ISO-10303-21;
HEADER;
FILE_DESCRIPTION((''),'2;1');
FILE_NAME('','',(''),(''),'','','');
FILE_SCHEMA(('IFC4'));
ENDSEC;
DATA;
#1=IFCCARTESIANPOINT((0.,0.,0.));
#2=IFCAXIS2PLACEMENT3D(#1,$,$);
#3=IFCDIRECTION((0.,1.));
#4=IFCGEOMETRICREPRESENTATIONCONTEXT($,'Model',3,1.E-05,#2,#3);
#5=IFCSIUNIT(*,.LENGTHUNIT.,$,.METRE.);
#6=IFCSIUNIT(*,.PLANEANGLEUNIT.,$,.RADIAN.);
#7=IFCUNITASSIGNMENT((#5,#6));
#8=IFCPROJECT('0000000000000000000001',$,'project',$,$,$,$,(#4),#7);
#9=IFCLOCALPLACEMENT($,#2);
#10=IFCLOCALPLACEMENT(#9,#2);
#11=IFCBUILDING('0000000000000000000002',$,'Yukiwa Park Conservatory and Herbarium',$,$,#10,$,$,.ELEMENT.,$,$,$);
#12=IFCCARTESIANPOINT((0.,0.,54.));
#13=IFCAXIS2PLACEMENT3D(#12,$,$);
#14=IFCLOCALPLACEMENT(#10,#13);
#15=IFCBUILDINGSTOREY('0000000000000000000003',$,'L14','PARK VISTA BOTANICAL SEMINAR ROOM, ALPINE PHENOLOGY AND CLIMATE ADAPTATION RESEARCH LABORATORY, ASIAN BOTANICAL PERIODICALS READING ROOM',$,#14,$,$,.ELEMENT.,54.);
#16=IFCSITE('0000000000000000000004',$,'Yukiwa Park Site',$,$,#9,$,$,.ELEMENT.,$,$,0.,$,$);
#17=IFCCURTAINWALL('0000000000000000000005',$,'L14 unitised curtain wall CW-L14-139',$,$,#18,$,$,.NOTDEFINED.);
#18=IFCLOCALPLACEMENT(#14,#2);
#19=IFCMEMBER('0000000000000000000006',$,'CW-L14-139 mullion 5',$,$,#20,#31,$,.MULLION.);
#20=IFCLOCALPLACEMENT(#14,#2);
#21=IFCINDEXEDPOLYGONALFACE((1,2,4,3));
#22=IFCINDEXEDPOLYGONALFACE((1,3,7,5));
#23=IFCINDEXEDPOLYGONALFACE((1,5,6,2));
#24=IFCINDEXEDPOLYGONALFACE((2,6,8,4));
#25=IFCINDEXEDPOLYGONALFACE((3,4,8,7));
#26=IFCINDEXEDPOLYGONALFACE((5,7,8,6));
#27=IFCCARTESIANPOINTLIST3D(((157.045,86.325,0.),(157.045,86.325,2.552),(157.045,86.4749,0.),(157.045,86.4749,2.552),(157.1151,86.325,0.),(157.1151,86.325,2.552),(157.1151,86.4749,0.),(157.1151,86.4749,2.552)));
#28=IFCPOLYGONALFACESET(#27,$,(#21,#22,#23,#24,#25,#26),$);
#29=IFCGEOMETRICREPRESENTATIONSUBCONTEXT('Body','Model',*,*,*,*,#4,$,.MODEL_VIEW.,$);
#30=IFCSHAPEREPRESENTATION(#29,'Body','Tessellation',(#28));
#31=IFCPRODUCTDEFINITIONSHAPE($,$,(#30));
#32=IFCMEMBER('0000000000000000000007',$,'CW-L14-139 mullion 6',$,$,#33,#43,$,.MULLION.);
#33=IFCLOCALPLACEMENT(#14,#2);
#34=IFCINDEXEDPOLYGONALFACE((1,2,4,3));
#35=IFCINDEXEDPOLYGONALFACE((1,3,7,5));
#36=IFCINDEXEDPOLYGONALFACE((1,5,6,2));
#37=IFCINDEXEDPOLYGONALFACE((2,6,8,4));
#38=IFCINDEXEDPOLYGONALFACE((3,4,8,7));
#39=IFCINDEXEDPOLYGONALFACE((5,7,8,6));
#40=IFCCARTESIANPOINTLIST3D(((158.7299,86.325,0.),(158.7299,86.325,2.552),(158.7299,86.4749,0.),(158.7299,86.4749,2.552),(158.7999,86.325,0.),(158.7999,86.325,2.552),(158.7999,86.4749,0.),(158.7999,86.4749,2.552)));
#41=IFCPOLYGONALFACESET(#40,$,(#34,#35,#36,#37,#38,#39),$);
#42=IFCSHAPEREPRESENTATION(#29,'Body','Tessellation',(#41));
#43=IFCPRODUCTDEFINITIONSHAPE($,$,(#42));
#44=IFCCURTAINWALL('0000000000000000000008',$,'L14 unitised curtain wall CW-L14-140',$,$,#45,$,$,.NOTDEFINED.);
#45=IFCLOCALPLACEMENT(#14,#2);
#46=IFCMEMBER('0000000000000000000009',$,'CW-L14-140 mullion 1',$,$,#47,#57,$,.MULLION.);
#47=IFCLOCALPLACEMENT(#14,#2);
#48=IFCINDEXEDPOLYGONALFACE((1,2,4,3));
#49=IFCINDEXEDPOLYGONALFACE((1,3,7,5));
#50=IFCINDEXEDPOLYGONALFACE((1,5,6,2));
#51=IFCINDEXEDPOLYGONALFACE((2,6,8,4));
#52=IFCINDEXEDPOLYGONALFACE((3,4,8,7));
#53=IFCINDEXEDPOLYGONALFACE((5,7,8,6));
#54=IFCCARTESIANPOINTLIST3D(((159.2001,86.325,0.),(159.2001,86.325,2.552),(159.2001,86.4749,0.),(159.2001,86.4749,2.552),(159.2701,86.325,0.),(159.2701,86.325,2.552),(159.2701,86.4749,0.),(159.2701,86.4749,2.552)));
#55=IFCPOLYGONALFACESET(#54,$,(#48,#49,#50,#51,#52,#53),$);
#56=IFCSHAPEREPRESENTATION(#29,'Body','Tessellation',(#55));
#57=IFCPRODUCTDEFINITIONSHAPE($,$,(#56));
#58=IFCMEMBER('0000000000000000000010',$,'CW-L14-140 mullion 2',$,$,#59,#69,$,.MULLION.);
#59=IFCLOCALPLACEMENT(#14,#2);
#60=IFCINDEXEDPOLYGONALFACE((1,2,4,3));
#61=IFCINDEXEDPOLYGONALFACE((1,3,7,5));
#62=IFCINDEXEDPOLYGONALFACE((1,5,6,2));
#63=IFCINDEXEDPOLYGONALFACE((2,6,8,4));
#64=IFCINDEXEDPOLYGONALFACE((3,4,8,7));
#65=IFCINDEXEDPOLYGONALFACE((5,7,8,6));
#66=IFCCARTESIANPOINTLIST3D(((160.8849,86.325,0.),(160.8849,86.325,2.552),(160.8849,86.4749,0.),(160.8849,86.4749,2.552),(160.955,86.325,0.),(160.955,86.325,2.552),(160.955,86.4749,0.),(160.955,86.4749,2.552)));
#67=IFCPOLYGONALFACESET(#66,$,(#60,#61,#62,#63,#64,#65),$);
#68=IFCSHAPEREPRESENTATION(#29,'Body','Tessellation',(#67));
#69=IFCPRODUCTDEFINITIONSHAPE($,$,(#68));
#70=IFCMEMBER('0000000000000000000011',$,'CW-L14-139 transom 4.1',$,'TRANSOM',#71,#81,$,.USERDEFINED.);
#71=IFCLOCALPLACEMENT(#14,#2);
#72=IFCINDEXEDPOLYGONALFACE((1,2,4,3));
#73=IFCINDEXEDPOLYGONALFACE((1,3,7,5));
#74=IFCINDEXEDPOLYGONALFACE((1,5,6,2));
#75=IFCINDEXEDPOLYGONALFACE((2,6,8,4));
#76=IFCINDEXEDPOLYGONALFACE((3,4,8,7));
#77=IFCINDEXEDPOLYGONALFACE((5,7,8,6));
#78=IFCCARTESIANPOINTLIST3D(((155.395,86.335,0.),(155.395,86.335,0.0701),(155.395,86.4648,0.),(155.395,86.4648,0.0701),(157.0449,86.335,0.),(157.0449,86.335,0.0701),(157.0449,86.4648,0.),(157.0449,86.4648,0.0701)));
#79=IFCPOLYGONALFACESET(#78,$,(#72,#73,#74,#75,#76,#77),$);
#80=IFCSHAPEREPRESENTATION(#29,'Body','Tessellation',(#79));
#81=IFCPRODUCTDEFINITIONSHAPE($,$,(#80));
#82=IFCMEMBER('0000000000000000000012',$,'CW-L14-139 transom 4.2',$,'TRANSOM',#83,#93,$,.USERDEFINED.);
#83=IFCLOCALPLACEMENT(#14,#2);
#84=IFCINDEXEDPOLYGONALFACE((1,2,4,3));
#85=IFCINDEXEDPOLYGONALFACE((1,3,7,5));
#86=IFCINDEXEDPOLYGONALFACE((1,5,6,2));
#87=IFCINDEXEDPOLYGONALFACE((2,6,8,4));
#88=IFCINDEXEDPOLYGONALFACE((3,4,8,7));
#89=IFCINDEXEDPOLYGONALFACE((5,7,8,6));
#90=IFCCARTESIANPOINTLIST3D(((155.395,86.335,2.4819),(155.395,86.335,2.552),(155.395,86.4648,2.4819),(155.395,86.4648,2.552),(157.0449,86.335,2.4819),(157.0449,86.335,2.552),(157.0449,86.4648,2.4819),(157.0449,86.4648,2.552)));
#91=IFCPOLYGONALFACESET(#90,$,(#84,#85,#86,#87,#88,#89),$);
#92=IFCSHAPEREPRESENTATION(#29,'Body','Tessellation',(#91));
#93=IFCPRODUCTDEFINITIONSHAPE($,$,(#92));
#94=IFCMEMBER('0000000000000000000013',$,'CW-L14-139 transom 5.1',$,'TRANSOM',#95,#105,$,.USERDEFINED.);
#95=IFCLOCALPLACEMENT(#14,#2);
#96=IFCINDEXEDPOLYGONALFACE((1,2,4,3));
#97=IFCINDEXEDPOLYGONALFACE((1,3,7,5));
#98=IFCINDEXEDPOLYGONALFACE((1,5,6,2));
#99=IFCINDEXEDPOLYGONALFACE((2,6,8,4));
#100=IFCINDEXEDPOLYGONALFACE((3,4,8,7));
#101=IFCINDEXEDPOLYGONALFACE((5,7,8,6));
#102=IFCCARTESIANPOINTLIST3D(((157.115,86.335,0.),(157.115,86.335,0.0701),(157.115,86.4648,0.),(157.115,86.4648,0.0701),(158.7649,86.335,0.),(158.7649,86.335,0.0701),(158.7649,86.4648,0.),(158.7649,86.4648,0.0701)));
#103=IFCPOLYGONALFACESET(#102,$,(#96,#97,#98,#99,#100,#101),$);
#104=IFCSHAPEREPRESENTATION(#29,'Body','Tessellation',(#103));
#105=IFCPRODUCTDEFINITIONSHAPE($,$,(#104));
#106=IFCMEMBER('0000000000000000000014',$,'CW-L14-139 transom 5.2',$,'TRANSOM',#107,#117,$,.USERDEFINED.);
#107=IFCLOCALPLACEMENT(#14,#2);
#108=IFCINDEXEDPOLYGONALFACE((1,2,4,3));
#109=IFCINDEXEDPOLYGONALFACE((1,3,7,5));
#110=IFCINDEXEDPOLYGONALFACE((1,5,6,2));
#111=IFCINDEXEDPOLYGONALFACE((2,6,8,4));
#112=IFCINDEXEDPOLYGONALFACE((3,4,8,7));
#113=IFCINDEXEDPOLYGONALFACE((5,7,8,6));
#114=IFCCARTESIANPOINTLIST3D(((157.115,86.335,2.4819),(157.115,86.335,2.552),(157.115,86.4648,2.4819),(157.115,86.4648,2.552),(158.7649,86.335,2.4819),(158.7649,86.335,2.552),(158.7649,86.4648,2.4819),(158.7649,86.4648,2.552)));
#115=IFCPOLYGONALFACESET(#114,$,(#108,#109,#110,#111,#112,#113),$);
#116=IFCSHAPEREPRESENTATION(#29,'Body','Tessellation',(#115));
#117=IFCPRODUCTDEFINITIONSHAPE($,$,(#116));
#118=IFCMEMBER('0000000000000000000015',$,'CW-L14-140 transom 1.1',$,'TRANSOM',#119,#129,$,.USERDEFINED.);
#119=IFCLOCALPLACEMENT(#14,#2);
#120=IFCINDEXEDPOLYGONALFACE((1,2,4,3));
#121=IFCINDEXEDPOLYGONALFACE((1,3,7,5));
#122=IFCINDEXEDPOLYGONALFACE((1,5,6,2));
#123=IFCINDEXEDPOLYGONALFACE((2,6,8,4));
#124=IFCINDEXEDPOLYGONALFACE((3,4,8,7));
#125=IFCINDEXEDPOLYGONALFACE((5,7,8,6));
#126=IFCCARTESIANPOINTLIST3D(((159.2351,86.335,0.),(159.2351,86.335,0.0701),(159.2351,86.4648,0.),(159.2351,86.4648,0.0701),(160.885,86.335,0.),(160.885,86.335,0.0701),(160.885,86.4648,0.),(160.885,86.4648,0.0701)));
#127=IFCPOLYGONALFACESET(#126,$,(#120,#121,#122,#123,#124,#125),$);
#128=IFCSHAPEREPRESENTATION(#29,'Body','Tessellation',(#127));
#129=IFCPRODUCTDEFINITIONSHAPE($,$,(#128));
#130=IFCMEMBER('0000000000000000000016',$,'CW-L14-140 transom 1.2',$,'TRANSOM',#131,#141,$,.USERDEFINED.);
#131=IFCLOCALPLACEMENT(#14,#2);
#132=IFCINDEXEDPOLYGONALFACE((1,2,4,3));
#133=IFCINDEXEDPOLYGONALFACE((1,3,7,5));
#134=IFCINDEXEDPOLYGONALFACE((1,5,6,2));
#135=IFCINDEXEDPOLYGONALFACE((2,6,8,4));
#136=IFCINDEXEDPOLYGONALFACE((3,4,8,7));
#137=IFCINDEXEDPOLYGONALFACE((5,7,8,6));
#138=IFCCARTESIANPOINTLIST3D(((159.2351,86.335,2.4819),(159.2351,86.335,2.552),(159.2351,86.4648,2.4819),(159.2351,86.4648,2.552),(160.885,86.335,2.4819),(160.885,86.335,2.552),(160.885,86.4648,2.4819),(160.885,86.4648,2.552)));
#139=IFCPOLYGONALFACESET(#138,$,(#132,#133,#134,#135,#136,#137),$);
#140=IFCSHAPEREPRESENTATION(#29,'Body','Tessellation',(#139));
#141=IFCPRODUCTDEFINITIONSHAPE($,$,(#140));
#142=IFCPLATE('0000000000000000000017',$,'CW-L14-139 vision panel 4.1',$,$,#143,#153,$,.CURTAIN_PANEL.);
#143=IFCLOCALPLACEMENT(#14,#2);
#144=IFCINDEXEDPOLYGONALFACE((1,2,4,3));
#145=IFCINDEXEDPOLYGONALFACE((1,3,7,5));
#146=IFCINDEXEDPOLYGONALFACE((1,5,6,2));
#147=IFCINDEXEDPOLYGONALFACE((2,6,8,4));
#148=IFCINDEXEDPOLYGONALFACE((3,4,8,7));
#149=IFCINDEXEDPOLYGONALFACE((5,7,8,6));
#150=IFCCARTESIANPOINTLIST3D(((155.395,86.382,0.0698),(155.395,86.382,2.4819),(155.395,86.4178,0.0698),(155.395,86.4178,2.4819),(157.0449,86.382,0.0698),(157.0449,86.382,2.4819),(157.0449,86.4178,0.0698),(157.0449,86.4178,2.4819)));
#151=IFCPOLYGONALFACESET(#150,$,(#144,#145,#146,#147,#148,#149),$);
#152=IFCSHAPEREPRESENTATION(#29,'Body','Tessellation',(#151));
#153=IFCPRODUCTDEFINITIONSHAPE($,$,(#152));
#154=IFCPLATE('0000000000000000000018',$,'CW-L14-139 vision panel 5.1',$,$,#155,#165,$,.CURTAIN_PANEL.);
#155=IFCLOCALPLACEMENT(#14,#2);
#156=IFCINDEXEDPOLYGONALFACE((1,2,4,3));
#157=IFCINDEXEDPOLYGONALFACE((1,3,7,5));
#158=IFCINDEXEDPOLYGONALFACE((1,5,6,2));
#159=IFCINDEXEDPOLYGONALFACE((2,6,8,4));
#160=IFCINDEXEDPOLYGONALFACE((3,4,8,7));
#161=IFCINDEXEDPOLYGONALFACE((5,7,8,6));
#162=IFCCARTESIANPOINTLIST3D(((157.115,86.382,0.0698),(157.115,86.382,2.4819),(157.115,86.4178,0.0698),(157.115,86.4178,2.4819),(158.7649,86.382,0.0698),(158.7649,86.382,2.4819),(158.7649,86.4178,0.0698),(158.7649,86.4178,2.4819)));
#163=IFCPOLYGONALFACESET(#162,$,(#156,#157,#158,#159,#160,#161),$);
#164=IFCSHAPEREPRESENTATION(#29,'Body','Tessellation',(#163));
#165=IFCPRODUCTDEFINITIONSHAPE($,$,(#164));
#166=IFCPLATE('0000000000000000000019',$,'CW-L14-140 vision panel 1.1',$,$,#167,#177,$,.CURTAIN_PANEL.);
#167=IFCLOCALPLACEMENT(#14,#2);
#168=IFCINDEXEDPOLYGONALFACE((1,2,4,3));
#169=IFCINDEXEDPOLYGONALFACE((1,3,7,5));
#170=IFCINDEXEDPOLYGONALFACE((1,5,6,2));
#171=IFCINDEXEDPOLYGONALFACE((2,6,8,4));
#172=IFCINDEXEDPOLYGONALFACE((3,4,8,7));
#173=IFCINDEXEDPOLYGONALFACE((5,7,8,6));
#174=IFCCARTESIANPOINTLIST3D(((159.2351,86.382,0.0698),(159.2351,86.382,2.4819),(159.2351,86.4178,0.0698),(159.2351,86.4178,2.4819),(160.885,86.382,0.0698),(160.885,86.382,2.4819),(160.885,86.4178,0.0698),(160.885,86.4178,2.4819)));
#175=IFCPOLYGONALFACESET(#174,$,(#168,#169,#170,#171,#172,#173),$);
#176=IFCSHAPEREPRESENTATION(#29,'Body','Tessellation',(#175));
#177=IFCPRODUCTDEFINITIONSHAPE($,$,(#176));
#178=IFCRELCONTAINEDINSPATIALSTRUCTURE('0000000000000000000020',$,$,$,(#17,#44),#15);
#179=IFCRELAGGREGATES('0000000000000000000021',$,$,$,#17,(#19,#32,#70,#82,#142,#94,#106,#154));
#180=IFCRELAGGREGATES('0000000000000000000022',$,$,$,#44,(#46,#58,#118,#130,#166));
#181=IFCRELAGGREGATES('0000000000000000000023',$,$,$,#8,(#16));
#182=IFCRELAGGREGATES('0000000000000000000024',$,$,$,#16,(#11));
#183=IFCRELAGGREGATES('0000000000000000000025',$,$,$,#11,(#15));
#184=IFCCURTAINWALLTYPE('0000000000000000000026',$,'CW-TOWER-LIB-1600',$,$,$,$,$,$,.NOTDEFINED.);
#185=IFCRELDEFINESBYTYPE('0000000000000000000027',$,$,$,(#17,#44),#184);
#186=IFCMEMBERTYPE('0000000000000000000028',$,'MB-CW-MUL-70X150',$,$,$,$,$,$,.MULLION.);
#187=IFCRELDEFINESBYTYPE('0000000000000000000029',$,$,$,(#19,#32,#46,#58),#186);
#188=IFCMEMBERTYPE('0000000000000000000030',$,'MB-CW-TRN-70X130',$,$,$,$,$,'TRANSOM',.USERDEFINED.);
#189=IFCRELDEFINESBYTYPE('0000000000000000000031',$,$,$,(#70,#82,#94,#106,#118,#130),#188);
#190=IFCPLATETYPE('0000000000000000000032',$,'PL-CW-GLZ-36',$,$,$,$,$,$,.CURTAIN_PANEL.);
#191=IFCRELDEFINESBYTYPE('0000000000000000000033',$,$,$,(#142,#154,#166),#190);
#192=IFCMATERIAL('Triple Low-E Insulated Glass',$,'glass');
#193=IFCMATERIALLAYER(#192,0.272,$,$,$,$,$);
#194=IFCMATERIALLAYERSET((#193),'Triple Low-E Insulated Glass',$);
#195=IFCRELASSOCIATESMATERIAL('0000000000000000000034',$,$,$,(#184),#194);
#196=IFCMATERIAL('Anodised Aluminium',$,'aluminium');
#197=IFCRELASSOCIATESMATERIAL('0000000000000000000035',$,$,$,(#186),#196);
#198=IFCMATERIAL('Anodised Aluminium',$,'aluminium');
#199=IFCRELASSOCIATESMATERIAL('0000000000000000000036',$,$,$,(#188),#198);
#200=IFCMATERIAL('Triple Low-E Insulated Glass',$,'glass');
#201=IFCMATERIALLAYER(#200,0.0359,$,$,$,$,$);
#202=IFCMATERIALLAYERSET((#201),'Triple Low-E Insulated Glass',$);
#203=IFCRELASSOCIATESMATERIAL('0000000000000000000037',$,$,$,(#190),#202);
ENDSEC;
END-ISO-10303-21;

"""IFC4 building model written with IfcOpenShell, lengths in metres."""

from ifc_helpers import new_model, si_unit, direction, frame, origin, origin_2d, place, context, subcontext, project, spatial, rectangle, extrude, material, layer, layer_set, type_object, element, aggregate, save


model = new_model("IFC4")

# Units and contexts
model_context = context("Model", 3, precision=1e-05, world=origin(), true_north=direction((0.0, 1.0)))
body_context = subcontext(model_context, "Body", "Model", "MODEL_VIEW")
ifc_project = project(units=[si_unit("LENGTHUNIT", "METRE"), si_unit("PLANEANGLEUNIT", "RADIAN")], contexts=[model_context])

# Site, building, storey
site_placement = place(None, origin())
site = spatial("IfcSite", under=ifc_project, at=site_placement, Name="Yukiwa Park Site", CompositionType="ELEMENT", RefElevation=0.0)
building_placement = place(site_placement, origin())
building = spatial("IfcBuilding", under=site, at=building_placement, Name="Yukiwa Park Conservatory and Herbarium", CompositionType="ELEMENT")
storey_placement = place(building_placement, frame((0.0, 0.0, 54.0)))
storey = spatial("IfcBuildingStorey", under=building, at=storey_placement, Name="L14", Description="PARK VISTA BOTANICAL SEMINAR ROOM, ALPINE PHENOLOGY AND CLIMATE ADAPTATION RESEARCH LABORATORY, ASIAN BOTANICAL PERIODICALS READING ROOM", CompositionType="ELEMENT", Elevation=54.0)

# Curtain walls, members
ifc_material_1 = material(Name="Triple Low-E Insulated Glass", Category="glass")
ifc_layer_1 = layer(ifc_material_1, 0.272)
ifc_layer_set_1 = layer_set([ifc_layer_1], Name="Triple Low-E Insulated Glass")
curtain_wall_type = type_object("IfcCurtainWallType", Name="CW-TOWER-LIB-1600", PredefinedType="NOTDEFINED", material=ifc_layer_set_1)
curtain_wall_1_placement = place(storey_placement, origin())
curtain_wall_1 = element("IfcCurtainWall", 1, at=curtain_wall_1_placement, inside=storey, type_object=curtain_wall_type, Name="L14 unitised curtain wall CW-L14-139", PredefinedType="NOTDEFINED")
ifc_material_2 = material(Name="Anodised Aluminium", Category="aluminium")
member_type_1 = type_object("IfcMemberType", Name="MB-CW-MUL-70X150", PredefinedType="MULLION", material=ifc_material_2)
member_1_placement = place(storey_placement, frame((157.0801, 86.3999, 0.0), z_axis=(0.0, 0.0, 1.0), x_axis=(1.0, 0.0, 0.0)))
member_1 = element("IfcMember", 2, at=member_1_placement, type_object=member_type_1, Name="CW-L14-139 mullion 5", PredefinedType="MULLION", context=body_context, shape_type="SweptSolid", body=[
    extrude(rectangle(XDim=0.0701, YDim=0.1499, at=origin_2d()), origin(), (0.0, 0.0, 1.0), 2.552),
])
member_2_placement = place(storey_placement, frame((158.7649, 86.3999, 0.0), z_axis=(0.0, 0.0, 1.0), x_axis=(1.0, 0.0, 0.0)))
member_2 = element("IfcMember", 3, at=member_2_placement, type_object=member_type_1, Name="CW-L14-139 mullion 6", PredefinedType="MULLION", context=body_context, shape_type="SweptSolid", body=[
    extrude(rectangle(XDim=0.0701, YDim=0.1499, at=origin_2d()), origin(), (0.0, 0.0, 1.0), 2.552),
])
curtain_wall_2_placement = place(storey_placement, origin())
curtain_wall_2 = element("IfcCurtainWall", 4, at=curtain_wall_2_placement, inside=storey, type_object=curtain_wall_type, Name="L14 unitised curtain wall CW-L14-140", PredefinedType="NOTDEFINED")
member_3_placement = place(storey_placement, frame((159.2351, 86.3999, 0.0), z_axis=(0.0, 0.0, 1.0), x_axis=(1.0, 0.0, 0.0)))
member_3 = element("IfcMember", 5, at=member_3_placement, type_object=member_type_1, Name="CW-L14-140 mullion 1", PredefinedType="MULLION", context=body_context, shape_type="SweptSolid", body=[
    extrude(rectangle(XDim=0.0701, YDim=0.1499, at=origin_2d()), origin(), (0.0, 0.0, 1.0), 2.552),
])
member_4_placement = place(storey_placement, frame((160.9199, 86.3999, 0.0), z_axis=(0.0, 0.0, 1.0), x_axis=(1.0, 0.0, 0.0)))
member_4 = element("IfcMember", 6, at=member_4_placement, type_object=member_type_1, Name="CW-L14-140 mullion 2", PredefinedType="MULLION", context=body_context, shape_type="SweptSolid", body=[
    extrude(rectangle(XDim=0.0701, YDim=0.1499, at=origin_2d()), origin(), (0.0, 0.0, 1.0), 2.552),
])

# Members
ifc_material_3 = material(Name="Anodised Aluminium", Category="aluminium")
member_type_2 = type_object("IfcMemberType", Name="MB-CW-TRN-70X130", ElementType="TRANSOM", PredefinedType="USERDEFINED", material=ifc_material_3)
member_5_placement = place(storey_placement, frame((156.22, 86.3999, 0.0), z_axis=(0.0, 0.0, 1.0), x_axis=(1.0, 0.0, 0.0)))
member_5 = element("IfcMember", 7, at=member_5_placement, type_object=member_type_2, Name="CW-L14-139 transom 4.1", ObjectType="TRANSOM", PredefinedType="USERDEFINED", context=body_context, shape_type="SweptSolid", body=[
    extrude(rectangle(XDim=1.6499, YDim=0.1299, at=origin_2d()), origin(), (0.0, 0.0, 1.0), 0.0701),
])
member_6_placement = place(storey_placement, frame((156.22, 86.3999, 2.4819), z_axis=(0.0, 0.0, 1.0), x_axis=(1.0, 0.0, 0.0)))
member_6 = element("IfcMember", 8, at=member_6_placement, type_object=member_type_2, Name="CW-L14-139 transom 4.2", ObjectType="TRANSOM", PredefinedType="USERDEFINED", context=body_context, shape_type="SweptSolid", body=[
    extrude(rectangle(XDim=1.6499, YDim=0.1299, at=origin_2d()), origin(), (0.0, 0.0, 1.0), 0.0701),
])
member_7_placement = place(storey_placement, frame((157.9399, 86.3999, 0.0), z_axis=(0.0, 0.0, 1.0), x_axis=(1.0, 0.0, 0.0)))
member_7 = element("IfcMember", 9, at=member_7_placement, type_object=member_type_2, Name="CW-L14-139 transom 5.1", ObjectType="TRANSOM", PredefinedType="USERDEFINED", context=body_context, shape_type="SweptSolid", body=[
    extrude(rectangle(XDim=1.6499, YDim=0.1299, at=origin_2d()), origin(), (0.0, 0.0, 1.0), 0.0701),
])
member_8_placement = place(storey_placement, frame((157.9399, 86.3999, 2.4819), z_axis=(0.0, 0.0, 1.0), x_axis=(1.0, 0.0, 0.0)))
member_8 = element("IfcMember", 10, at=member_8_placement, type_object=member_type_2, Name="CW-L14-139 transom 5.2", ObjectType="TRANSOM", PredefinedType="USERDEFINED", context=body_context, shape_type="SweptSolid", body=[
    extrude(rectangle(XDim=1.6499, YDim=0.1299, at=origin_2d()), origin(), (0.0, 0.0, 1.0), 0.0701),
])
member_9_placement = place(storey_placement, frame((160.0601, 86.3999, 0.0), z_axis=(0.0, 0.0, 1.0), x_axis=(1.0, 0.0, 0.0)))
member_9 = element("IfcMember", 11, at=member_9_placement, type_object=member_type_2, Name="CW-L14-140 transom 1.1", ObjectType="TRANSOM", PredefinedType="USERDEFINED", context=body_context, shape_type="SweptSolid", body=[
    extrude(rectangle(XDim=1.6499, YDim=0.1299, at=origin_2d()), origin(), (0.0, 0.0, 1.0), 0.0701),
])
member_10_placement = place(storey_placement, frame((160.0601, 86.3999, 2.4819), z_axis=(0.0, 0.0, 1.0), x_axis=(1.0, 0.0, 0.0)))
member_10 = element("IfcMember", 12, at=member_10_placement, type_object=member_type_2, Name="CW-L14-140 transom 1.2", ObjectType="TRANSOM", PredefinedType="USERDEFINED", context=body_context, shape_type="SweptSolid", body=[
    extrude(rectangle(XDim=1.6499, YDim=0.1299, at=origin_2d()), origin(), (0.0, 0.0, 1.0), 0.0701),
])

# Plates
ifc_material_4 = material(Name="Triple Low-E Insulated Glass", Category="glass")
ifc_layer_2 = layer(ifc_material_4, 0.0359)
ifc_layer_set_2 = layer_set([ifc_layer_2], Name="Triple Low-E Insulated Glass")
plate_type = type_object("IfcPlateType", Name="PL-CW-GLZ-36", PredefinedType="CURTAIN_PANEL", material=ifc_layer_set_2)
plate_1_placement = place(storey_placement, frame((156.22, 86.3999, 0.0698), z_axis=(0.0, 0.0, 1.0), x_axis=(1.0, 0.0, 0.0)))
plate_1 = element("IfcPlate", 13, at=plate_1_placement, type_object=plate_type, Name="CW-L14-139 vision panel 4.1", PredefinedType="CURTAIN_PANEL", context=body_context, shape_type="SweptSolid", body=[
    extrude(rectangle(XDim=1.6499, YDim=0.0359, at=origin_2d()), origin(), (0.0, 0.0, 1.0), 2.4121),
])
plate_2_placement = place(storey_placement, frame((157.9399, 86.3999, 0.0698), z_axis=(0.0, 0.0, 1.0), x_axis=(1.0, 0.0, 0.0)))
plate_2 = element("IfcPlate", 14, at=plate_2_placement, type_object=plate_type, Name="CW-L14-139 vision panel 5.1", PredefinedType="CURTAIN_PANEL", context=body_context, shape_type="SweptSolid", body=[
    extrude(rectangle(XDim=1.6499, YDim=0.0359, at=origin_2d()), origin(), (0.0, 0.0, 1.0), 2.4121),
])
aggregate(curtain_wall_1, [member_1, member_2, member_5, member_6, plate_1, member_7, member_8, plate_2])
plate_3_placement = place(storey_placement, frame((160.0601, 86.3999, 0.0698), z_axis=(0.0, 0.0, 1.0), x_axis=(1.0, 0.0, 0.0)))
plate_3 = element("IfcPlate", 15, at=plate_3_placement, type_object=plate_type, Name="CW-L14-140 vision panel 1.1", PredefinedType="CURTAIN_PANEL", context=body_context, shape_type="SweptSolid", body=[
    extrude(rectangle(XDim=1.6499, YDim=0.0359, at=origin_2d()), origin(), (0.0, 0.0, 1.0), 2.4121),
])
aggregate(curtain_wall_2, [member_3, member_4, member_9, member_10, plate_3])

save(model, "model.ifc")
